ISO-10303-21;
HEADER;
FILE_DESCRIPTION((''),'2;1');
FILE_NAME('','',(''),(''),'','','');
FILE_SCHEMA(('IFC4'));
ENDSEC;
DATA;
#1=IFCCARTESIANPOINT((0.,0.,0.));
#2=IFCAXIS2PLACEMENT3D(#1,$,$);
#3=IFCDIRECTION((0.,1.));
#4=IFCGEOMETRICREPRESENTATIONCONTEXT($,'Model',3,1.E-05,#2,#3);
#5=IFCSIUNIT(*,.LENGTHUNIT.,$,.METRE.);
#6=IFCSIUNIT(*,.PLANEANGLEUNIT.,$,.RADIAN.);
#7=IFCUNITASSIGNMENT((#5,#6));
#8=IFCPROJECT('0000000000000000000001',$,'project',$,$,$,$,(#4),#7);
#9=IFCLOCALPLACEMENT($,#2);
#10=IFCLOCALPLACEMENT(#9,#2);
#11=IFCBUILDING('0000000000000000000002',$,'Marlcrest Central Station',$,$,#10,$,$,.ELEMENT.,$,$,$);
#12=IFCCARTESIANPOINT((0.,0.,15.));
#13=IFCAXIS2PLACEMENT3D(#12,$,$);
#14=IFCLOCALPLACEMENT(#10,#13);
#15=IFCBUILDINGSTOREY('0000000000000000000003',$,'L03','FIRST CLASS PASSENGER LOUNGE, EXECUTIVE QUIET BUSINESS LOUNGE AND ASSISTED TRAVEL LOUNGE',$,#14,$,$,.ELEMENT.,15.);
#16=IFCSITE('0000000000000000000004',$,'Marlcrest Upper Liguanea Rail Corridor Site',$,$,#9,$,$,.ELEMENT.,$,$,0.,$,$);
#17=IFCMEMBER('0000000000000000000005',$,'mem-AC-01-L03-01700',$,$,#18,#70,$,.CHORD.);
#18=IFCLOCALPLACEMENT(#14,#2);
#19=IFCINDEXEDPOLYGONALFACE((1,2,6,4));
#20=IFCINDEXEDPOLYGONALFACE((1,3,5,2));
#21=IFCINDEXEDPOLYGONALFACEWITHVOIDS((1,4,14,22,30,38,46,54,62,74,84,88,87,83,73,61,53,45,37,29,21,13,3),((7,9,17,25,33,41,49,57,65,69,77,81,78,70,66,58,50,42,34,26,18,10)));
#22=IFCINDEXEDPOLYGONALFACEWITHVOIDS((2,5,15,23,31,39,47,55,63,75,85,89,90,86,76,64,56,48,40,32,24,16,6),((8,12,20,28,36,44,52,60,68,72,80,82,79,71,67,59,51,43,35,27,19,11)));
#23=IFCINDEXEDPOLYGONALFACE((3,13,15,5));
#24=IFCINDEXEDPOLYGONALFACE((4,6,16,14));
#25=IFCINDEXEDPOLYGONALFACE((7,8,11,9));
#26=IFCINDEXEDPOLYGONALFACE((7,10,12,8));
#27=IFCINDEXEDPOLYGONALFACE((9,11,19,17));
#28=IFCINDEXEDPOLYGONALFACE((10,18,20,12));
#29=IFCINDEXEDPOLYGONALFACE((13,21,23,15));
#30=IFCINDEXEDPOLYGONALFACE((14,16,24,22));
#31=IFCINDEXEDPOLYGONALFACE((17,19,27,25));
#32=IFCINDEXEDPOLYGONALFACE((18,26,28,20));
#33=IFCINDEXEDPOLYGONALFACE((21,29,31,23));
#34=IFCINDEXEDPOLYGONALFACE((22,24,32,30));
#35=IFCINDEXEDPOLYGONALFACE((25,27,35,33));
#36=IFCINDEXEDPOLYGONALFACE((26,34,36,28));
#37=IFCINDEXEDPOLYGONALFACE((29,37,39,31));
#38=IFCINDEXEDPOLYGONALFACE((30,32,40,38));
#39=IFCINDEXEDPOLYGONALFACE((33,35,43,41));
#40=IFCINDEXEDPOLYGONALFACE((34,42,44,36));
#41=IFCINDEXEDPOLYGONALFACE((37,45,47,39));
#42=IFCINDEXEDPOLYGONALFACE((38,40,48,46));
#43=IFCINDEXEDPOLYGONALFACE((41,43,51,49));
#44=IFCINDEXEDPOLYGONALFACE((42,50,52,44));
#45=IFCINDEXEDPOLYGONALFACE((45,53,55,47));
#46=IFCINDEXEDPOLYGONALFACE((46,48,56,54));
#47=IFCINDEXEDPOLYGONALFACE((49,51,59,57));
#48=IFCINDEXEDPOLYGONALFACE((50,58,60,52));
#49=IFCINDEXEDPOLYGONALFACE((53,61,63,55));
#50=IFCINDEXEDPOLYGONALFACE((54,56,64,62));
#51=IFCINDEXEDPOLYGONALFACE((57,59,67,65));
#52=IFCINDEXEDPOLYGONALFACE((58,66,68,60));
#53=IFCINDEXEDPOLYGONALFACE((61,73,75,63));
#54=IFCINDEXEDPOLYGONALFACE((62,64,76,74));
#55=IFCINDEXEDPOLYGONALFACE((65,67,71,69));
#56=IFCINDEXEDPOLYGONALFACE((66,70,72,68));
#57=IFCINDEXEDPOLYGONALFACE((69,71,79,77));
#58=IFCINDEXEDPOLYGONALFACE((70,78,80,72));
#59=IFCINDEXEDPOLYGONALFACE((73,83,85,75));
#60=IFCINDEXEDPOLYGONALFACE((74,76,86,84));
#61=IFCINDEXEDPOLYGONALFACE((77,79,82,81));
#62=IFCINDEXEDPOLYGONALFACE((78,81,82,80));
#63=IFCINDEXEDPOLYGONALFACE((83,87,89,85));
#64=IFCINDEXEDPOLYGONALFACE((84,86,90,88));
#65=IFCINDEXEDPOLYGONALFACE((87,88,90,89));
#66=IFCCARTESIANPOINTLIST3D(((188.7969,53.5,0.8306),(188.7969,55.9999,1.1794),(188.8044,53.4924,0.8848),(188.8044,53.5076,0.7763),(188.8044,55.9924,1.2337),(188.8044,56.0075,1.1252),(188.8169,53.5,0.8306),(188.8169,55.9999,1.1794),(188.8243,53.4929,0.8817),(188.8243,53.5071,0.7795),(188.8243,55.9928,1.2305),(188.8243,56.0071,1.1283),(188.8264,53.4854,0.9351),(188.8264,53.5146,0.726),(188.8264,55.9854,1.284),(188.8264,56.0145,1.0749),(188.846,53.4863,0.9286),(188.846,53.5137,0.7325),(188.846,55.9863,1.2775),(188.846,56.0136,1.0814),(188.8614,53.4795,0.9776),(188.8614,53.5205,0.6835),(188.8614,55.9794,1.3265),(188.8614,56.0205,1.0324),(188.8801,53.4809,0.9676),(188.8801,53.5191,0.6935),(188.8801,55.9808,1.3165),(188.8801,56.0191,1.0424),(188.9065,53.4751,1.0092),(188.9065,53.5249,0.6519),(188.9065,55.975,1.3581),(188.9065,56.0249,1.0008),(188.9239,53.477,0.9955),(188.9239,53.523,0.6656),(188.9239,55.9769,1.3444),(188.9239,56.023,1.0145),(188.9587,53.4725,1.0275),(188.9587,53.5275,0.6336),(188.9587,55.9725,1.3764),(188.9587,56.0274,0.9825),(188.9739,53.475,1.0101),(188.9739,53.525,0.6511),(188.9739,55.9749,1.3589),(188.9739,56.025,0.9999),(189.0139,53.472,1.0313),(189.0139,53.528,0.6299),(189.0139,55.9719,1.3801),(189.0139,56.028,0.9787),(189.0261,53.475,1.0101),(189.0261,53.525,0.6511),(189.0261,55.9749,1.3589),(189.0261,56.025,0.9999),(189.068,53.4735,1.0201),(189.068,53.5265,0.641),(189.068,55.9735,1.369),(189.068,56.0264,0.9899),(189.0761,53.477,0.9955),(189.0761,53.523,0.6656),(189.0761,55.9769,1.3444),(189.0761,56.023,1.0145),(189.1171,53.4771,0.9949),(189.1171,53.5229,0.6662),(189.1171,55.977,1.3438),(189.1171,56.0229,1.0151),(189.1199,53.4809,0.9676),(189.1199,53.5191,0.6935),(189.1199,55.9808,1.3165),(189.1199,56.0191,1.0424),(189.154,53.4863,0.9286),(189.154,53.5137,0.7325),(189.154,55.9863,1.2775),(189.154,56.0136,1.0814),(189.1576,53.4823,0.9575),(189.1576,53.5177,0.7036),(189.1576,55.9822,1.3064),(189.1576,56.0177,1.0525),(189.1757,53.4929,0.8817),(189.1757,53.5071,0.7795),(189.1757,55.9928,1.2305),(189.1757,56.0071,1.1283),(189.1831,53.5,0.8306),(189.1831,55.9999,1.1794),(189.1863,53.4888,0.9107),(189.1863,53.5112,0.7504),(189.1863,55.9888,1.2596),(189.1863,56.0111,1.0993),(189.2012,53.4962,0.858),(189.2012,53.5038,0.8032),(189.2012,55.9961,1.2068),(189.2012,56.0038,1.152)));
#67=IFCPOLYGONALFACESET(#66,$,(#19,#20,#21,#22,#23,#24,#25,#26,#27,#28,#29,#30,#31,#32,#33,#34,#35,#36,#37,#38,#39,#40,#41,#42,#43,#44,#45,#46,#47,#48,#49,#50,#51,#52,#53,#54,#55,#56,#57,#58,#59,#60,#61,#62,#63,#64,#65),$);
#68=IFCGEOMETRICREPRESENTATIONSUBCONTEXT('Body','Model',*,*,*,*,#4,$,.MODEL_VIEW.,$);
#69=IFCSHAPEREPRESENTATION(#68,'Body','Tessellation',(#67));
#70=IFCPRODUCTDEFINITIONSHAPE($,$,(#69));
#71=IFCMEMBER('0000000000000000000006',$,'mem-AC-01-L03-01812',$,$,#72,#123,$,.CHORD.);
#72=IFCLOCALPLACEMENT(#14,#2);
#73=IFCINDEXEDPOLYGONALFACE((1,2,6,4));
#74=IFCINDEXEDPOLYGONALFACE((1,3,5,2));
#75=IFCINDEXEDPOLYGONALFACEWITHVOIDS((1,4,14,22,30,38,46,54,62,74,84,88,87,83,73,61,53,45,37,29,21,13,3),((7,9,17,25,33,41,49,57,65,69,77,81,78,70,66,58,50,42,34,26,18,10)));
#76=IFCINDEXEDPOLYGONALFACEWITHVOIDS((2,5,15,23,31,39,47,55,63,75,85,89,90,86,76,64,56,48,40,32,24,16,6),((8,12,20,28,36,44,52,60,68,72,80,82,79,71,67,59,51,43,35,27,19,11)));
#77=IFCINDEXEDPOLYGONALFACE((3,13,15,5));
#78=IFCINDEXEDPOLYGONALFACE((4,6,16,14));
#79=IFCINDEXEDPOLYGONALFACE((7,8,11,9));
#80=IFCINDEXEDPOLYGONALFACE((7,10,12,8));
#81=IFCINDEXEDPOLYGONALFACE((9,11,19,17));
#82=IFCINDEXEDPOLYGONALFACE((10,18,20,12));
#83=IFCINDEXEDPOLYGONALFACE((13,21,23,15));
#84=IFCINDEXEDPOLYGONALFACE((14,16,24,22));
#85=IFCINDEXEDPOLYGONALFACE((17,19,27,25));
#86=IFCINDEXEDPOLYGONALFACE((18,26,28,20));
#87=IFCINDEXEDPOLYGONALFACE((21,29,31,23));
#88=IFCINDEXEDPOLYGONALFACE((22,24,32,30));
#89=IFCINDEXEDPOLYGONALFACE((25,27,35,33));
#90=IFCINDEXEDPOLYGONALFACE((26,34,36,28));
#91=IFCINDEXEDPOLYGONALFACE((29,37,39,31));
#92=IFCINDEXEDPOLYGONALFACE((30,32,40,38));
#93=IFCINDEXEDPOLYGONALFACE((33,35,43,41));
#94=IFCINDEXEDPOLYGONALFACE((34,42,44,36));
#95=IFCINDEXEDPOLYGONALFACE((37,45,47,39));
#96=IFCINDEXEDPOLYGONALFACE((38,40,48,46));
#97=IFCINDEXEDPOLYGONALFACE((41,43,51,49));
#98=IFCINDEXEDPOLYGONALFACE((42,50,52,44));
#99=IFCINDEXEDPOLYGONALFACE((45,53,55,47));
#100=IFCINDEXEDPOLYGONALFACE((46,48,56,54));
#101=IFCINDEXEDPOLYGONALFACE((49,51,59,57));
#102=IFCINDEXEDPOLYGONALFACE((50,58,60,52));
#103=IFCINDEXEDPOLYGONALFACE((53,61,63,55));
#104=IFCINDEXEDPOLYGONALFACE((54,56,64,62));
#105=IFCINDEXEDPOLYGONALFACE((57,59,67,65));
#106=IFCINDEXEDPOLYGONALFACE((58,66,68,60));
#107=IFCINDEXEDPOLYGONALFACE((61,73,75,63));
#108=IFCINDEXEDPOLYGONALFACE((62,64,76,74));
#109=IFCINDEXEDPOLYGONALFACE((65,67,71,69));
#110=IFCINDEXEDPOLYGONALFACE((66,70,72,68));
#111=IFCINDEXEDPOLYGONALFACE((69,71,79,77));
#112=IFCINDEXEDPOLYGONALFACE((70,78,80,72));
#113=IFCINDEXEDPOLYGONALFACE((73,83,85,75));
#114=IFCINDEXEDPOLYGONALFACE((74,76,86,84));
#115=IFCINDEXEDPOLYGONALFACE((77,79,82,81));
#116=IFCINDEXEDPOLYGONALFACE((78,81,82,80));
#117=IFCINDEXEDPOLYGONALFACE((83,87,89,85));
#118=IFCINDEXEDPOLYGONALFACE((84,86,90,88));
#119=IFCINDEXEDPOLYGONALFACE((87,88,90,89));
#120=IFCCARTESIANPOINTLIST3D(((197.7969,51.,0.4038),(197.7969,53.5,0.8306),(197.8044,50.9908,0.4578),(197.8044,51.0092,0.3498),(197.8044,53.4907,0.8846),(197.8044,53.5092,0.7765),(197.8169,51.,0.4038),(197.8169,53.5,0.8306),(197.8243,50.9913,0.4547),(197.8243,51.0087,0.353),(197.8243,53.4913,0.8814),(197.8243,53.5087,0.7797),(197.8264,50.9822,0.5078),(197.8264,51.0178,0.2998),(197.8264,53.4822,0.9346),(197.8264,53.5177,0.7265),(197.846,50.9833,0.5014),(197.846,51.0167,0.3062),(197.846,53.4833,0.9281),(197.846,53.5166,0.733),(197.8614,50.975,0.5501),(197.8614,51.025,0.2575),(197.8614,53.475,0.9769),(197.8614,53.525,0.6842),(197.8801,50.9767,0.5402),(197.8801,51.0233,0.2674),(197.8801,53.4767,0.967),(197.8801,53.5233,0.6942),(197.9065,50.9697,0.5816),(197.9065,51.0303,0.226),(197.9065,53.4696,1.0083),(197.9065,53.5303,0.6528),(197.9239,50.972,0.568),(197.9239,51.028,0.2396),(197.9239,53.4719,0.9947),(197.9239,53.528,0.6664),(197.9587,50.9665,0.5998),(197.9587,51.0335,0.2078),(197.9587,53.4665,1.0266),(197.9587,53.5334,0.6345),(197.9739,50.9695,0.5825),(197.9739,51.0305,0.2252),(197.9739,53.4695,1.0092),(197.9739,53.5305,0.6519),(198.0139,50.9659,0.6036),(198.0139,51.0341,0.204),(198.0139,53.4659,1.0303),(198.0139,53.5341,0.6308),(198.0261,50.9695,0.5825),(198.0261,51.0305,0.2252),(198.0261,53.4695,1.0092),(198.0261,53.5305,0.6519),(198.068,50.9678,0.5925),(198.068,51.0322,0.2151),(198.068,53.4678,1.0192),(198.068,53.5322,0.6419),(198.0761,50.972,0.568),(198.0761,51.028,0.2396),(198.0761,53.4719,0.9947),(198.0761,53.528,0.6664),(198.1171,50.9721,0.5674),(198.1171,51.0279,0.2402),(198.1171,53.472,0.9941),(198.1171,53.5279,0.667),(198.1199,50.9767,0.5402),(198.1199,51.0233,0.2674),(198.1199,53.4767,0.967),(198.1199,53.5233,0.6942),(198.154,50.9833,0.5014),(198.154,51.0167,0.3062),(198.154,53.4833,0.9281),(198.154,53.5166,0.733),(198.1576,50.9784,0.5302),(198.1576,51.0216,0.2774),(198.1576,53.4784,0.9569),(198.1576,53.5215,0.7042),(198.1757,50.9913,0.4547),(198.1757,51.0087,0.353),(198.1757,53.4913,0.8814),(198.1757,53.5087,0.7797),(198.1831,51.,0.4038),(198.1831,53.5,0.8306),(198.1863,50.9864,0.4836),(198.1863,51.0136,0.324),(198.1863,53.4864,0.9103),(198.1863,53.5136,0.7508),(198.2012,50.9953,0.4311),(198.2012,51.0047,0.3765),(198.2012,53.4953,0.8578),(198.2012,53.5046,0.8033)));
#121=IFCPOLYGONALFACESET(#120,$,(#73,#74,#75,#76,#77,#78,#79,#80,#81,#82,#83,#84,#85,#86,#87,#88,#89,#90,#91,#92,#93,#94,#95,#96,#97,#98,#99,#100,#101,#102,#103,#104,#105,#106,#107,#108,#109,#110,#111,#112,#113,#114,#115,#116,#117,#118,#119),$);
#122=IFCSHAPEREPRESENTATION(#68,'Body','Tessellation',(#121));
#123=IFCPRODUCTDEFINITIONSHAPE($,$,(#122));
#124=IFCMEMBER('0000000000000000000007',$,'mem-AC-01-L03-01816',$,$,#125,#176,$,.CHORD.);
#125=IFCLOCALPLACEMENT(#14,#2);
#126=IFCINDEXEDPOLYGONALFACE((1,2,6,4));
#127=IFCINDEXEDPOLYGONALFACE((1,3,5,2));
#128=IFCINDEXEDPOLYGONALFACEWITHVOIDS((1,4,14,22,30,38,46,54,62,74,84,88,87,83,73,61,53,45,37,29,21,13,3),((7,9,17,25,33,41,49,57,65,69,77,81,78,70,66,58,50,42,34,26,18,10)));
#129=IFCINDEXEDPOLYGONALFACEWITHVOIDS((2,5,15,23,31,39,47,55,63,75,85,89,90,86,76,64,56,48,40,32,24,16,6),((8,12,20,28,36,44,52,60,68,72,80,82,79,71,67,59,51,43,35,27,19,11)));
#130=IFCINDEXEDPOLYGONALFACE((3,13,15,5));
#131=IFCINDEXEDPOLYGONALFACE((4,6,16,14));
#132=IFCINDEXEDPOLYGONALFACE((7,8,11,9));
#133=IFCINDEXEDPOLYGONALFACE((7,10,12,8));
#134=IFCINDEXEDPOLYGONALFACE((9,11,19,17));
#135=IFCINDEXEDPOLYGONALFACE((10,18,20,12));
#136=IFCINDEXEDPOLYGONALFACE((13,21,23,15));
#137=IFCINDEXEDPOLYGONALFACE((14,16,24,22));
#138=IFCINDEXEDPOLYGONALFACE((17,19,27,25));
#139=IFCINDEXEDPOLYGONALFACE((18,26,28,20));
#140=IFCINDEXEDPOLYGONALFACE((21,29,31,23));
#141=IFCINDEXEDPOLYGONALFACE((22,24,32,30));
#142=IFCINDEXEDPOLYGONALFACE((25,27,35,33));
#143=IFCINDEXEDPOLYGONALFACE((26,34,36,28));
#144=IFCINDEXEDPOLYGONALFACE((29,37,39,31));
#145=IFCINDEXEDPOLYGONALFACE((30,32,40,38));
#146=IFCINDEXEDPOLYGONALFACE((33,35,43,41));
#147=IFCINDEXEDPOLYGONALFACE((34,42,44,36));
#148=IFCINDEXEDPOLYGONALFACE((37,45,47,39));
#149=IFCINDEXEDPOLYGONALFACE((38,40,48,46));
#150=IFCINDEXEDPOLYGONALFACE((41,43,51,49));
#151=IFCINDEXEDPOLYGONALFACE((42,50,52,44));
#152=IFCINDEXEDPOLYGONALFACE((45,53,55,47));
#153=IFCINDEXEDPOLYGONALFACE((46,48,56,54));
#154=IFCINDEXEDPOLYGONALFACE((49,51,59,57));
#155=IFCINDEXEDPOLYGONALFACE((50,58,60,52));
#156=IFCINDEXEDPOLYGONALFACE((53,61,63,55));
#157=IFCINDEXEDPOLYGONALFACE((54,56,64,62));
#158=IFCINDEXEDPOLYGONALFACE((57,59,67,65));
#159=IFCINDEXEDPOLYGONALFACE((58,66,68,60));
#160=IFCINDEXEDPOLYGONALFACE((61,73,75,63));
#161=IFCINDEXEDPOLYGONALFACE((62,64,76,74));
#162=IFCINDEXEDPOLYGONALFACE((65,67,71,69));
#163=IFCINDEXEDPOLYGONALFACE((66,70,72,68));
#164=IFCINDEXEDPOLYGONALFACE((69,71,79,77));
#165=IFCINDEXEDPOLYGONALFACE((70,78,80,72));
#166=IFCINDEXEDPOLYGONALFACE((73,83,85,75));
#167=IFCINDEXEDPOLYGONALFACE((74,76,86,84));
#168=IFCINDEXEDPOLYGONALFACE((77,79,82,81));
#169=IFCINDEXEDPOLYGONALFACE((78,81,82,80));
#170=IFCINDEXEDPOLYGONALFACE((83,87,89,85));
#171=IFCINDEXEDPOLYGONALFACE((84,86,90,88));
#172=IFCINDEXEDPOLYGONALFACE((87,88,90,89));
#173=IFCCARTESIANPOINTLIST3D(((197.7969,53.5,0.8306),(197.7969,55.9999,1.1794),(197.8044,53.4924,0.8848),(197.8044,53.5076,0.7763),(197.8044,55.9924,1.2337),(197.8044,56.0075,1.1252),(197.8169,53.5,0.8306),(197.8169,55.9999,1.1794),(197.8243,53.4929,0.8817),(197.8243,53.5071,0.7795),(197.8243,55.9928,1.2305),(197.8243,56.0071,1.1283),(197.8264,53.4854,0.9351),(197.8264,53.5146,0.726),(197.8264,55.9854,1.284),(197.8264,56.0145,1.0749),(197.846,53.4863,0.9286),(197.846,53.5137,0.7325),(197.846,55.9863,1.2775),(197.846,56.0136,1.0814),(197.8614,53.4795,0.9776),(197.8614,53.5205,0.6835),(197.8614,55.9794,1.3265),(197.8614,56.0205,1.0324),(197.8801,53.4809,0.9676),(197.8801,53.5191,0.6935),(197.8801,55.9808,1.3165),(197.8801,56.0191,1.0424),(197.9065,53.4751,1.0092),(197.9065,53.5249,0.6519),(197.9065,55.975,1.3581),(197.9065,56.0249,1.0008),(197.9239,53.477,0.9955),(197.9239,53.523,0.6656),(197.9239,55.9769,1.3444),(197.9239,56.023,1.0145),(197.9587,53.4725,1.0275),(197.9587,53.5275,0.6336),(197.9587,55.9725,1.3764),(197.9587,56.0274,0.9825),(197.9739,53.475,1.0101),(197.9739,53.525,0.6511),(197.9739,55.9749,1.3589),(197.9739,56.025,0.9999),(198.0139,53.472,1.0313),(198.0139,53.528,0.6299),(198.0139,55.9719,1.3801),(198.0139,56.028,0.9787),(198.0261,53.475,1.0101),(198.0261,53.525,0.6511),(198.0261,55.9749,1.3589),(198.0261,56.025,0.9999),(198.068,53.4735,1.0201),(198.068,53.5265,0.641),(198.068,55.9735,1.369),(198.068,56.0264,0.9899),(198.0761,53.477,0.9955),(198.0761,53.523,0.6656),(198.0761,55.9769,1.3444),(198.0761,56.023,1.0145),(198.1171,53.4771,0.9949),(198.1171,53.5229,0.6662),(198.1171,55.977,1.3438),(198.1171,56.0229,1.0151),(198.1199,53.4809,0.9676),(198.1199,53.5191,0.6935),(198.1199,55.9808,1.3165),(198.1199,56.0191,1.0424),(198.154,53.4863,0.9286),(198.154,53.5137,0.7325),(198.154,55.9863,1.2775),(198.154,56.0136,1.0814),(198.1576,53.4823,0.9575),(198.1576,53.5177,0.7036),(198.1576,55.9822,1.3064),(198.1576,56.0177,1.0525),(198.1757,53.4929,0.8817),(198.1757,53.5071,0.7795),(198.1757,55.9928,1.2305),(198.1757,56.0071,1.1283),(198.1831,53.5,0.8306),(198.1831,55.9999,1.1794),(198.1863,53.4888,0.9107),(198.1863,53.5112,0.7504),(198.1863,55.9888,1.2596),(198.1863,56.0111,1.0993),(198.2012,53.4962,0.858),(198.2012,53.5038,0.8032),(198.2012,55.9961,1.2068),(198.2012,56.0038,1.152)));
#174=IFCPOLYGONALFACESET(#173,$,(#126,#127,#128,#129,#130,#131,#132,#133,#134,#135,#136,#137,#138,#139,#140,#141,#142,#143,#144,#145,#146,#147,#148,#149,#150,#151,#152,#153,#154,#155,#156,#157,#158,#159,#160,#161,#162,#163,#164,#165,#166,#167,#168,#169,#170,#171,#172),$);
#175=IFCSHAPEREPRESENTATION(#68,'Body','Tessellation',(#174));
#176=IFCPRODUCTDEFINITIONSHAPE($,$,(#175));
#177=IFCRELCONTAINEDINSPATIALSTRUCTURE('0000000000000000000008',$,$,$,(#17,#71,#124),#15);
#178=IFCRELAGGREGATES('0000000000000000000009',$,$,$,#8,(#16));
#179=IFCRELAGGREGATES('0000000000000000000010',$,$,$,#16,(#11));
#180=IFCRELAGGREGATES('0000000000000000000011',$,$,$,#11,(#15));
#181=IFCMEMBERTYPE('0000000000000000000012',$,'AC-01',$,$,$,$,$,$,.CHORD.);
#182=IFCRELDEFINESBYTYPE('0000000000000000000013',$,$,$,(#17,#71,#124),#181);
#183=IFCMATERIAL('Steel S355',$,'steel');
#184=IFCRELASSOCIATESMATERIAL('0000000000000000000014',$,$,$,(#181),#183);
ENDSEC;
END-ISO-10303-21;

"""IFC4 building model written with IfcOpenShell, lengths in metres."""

from ifc_helpers import new_model, si_unit, direction, frame, origin, origin_2d, place, context, subcontext, project, spatial, hollow_circle, extrude, material, material_profile, profile_set, type_object, element, save


model = new_model("IFC4")

# Units and contexts
model_context = context("Model", 3, precision=1e-05, world=origin(), true_north=direction((0.0, 1.0)))
body_context = subcontext(model_context, "Body", "Model", "MODEL_VIEW")
ifc_project = project(units=[si_unit("LENGTHUNIT", "METRE"), si_unit("PLANEANGLEUNIT", "RADIAN")], contexts=[model_context])

# Site, building, storey
site_placement = place(None, origin())
site = spatial("IfcSite", under=ifc_project, at=site_placement, Name="Marlcrest Upper Liguanea Rail Corridor Site", CompositionType="ELEMENT", RefElevation=0.0)
building_placement = place(site_placement, origin())
building = spatial("IfcBuilding", under=site, at=building_placement, Name="Marlcrest Central Station", CompositionType="ELEMENT")
storey_placement = place(building_placement, frame((0.0, 0.0, 15.0)))
storey = spatial("IfcBuildingStorey", under=building, at=storey_placement, Name="L03", Description="FIRST CLASS PASSENGER LOUNGE, EXECUTIVE QUIET BUSINESS LOUNGE AND ASSISTED TRAVEL LOUNGE", CompositionType="ELEMENT", Elevation=15.0)

# Members
ifc_material_1 = material(Name="Steel S355", Category="steel")
ifc_material_profile_1 = material_profile(ifc_material_1, hollow_circle(Radius=0.2031, WallThickness=0.02, at=origin_2d()), Name="CHS 406.4x20")
ifc_profile_set_1 = profile_set([ifc_material_profile_1], Name="Steel S355")
member_type_1 = type_object("IfcMemberType", Name="AC-01", PredefinedType="CHORD", material=ifc_profile_set_1)
member_1_placement = place(storey_placement, frame((189.0, 53.5, 0.8306), z_axis=(0.0, 0.990403, 0.138211), x_axis=(-1.0, 0.0, 0.0)))
element("IfcMember", 1, at=member_1_placement, inside=storey, type_object=member_type_1, Name="mem-AC-01-L03-01700", PredefinedType="CHORD", context=body_context, shape_type="SweptSolid", body=[
    extrude(hollow_circle(Radius=0.2031, WallThickness=0.02, at=origin_2d()), origin(), (0.0, 0.0, 1.0), 2.5242),
])
member_2_placement = place(storey_placement, frame((198.0, 51.0, 0.4038), z_axis=(0.0, 0.985741, 0.168269), x_axis=(-1.0, 0.0, 0.0)))
element("IfcMember", 2, at=member_2_placement, inside=storey, type_object=member_type_1, Name="mem-AC-01-L03-01812", PredefinedType="CHORD", context=body_context, shape_type="SweptSolid", body=[
    extrude(hollow_circle(Radius=0.2031, WallThickness=0.02, at=origin_2d()), origin(), (0.0, 0.0, 1.0), 2.5361),
])
member_3_placement = place(storey_placement, frame((198.0, 53.5, 0.8306), z_axis=(0.0, 0.990403, 0.138211), x_axis=(-1.0, 0.0, 0.0)))
element("IfcMember", 3, at=member_3_placement, inside=storey, type_object=member_type_1, Name="mem-AC-01-L03-01816", PredefinedType="CHORD", context=body_context, shape_type="SweptSolid", body=[
    extrude(hollow_circle(Radius=0.2031, WallThickness=0.02, at=origin_2d()), origin(), (0.0, 0.0, 1.0), 2.5242),
])

save(model, "model.ifc")
